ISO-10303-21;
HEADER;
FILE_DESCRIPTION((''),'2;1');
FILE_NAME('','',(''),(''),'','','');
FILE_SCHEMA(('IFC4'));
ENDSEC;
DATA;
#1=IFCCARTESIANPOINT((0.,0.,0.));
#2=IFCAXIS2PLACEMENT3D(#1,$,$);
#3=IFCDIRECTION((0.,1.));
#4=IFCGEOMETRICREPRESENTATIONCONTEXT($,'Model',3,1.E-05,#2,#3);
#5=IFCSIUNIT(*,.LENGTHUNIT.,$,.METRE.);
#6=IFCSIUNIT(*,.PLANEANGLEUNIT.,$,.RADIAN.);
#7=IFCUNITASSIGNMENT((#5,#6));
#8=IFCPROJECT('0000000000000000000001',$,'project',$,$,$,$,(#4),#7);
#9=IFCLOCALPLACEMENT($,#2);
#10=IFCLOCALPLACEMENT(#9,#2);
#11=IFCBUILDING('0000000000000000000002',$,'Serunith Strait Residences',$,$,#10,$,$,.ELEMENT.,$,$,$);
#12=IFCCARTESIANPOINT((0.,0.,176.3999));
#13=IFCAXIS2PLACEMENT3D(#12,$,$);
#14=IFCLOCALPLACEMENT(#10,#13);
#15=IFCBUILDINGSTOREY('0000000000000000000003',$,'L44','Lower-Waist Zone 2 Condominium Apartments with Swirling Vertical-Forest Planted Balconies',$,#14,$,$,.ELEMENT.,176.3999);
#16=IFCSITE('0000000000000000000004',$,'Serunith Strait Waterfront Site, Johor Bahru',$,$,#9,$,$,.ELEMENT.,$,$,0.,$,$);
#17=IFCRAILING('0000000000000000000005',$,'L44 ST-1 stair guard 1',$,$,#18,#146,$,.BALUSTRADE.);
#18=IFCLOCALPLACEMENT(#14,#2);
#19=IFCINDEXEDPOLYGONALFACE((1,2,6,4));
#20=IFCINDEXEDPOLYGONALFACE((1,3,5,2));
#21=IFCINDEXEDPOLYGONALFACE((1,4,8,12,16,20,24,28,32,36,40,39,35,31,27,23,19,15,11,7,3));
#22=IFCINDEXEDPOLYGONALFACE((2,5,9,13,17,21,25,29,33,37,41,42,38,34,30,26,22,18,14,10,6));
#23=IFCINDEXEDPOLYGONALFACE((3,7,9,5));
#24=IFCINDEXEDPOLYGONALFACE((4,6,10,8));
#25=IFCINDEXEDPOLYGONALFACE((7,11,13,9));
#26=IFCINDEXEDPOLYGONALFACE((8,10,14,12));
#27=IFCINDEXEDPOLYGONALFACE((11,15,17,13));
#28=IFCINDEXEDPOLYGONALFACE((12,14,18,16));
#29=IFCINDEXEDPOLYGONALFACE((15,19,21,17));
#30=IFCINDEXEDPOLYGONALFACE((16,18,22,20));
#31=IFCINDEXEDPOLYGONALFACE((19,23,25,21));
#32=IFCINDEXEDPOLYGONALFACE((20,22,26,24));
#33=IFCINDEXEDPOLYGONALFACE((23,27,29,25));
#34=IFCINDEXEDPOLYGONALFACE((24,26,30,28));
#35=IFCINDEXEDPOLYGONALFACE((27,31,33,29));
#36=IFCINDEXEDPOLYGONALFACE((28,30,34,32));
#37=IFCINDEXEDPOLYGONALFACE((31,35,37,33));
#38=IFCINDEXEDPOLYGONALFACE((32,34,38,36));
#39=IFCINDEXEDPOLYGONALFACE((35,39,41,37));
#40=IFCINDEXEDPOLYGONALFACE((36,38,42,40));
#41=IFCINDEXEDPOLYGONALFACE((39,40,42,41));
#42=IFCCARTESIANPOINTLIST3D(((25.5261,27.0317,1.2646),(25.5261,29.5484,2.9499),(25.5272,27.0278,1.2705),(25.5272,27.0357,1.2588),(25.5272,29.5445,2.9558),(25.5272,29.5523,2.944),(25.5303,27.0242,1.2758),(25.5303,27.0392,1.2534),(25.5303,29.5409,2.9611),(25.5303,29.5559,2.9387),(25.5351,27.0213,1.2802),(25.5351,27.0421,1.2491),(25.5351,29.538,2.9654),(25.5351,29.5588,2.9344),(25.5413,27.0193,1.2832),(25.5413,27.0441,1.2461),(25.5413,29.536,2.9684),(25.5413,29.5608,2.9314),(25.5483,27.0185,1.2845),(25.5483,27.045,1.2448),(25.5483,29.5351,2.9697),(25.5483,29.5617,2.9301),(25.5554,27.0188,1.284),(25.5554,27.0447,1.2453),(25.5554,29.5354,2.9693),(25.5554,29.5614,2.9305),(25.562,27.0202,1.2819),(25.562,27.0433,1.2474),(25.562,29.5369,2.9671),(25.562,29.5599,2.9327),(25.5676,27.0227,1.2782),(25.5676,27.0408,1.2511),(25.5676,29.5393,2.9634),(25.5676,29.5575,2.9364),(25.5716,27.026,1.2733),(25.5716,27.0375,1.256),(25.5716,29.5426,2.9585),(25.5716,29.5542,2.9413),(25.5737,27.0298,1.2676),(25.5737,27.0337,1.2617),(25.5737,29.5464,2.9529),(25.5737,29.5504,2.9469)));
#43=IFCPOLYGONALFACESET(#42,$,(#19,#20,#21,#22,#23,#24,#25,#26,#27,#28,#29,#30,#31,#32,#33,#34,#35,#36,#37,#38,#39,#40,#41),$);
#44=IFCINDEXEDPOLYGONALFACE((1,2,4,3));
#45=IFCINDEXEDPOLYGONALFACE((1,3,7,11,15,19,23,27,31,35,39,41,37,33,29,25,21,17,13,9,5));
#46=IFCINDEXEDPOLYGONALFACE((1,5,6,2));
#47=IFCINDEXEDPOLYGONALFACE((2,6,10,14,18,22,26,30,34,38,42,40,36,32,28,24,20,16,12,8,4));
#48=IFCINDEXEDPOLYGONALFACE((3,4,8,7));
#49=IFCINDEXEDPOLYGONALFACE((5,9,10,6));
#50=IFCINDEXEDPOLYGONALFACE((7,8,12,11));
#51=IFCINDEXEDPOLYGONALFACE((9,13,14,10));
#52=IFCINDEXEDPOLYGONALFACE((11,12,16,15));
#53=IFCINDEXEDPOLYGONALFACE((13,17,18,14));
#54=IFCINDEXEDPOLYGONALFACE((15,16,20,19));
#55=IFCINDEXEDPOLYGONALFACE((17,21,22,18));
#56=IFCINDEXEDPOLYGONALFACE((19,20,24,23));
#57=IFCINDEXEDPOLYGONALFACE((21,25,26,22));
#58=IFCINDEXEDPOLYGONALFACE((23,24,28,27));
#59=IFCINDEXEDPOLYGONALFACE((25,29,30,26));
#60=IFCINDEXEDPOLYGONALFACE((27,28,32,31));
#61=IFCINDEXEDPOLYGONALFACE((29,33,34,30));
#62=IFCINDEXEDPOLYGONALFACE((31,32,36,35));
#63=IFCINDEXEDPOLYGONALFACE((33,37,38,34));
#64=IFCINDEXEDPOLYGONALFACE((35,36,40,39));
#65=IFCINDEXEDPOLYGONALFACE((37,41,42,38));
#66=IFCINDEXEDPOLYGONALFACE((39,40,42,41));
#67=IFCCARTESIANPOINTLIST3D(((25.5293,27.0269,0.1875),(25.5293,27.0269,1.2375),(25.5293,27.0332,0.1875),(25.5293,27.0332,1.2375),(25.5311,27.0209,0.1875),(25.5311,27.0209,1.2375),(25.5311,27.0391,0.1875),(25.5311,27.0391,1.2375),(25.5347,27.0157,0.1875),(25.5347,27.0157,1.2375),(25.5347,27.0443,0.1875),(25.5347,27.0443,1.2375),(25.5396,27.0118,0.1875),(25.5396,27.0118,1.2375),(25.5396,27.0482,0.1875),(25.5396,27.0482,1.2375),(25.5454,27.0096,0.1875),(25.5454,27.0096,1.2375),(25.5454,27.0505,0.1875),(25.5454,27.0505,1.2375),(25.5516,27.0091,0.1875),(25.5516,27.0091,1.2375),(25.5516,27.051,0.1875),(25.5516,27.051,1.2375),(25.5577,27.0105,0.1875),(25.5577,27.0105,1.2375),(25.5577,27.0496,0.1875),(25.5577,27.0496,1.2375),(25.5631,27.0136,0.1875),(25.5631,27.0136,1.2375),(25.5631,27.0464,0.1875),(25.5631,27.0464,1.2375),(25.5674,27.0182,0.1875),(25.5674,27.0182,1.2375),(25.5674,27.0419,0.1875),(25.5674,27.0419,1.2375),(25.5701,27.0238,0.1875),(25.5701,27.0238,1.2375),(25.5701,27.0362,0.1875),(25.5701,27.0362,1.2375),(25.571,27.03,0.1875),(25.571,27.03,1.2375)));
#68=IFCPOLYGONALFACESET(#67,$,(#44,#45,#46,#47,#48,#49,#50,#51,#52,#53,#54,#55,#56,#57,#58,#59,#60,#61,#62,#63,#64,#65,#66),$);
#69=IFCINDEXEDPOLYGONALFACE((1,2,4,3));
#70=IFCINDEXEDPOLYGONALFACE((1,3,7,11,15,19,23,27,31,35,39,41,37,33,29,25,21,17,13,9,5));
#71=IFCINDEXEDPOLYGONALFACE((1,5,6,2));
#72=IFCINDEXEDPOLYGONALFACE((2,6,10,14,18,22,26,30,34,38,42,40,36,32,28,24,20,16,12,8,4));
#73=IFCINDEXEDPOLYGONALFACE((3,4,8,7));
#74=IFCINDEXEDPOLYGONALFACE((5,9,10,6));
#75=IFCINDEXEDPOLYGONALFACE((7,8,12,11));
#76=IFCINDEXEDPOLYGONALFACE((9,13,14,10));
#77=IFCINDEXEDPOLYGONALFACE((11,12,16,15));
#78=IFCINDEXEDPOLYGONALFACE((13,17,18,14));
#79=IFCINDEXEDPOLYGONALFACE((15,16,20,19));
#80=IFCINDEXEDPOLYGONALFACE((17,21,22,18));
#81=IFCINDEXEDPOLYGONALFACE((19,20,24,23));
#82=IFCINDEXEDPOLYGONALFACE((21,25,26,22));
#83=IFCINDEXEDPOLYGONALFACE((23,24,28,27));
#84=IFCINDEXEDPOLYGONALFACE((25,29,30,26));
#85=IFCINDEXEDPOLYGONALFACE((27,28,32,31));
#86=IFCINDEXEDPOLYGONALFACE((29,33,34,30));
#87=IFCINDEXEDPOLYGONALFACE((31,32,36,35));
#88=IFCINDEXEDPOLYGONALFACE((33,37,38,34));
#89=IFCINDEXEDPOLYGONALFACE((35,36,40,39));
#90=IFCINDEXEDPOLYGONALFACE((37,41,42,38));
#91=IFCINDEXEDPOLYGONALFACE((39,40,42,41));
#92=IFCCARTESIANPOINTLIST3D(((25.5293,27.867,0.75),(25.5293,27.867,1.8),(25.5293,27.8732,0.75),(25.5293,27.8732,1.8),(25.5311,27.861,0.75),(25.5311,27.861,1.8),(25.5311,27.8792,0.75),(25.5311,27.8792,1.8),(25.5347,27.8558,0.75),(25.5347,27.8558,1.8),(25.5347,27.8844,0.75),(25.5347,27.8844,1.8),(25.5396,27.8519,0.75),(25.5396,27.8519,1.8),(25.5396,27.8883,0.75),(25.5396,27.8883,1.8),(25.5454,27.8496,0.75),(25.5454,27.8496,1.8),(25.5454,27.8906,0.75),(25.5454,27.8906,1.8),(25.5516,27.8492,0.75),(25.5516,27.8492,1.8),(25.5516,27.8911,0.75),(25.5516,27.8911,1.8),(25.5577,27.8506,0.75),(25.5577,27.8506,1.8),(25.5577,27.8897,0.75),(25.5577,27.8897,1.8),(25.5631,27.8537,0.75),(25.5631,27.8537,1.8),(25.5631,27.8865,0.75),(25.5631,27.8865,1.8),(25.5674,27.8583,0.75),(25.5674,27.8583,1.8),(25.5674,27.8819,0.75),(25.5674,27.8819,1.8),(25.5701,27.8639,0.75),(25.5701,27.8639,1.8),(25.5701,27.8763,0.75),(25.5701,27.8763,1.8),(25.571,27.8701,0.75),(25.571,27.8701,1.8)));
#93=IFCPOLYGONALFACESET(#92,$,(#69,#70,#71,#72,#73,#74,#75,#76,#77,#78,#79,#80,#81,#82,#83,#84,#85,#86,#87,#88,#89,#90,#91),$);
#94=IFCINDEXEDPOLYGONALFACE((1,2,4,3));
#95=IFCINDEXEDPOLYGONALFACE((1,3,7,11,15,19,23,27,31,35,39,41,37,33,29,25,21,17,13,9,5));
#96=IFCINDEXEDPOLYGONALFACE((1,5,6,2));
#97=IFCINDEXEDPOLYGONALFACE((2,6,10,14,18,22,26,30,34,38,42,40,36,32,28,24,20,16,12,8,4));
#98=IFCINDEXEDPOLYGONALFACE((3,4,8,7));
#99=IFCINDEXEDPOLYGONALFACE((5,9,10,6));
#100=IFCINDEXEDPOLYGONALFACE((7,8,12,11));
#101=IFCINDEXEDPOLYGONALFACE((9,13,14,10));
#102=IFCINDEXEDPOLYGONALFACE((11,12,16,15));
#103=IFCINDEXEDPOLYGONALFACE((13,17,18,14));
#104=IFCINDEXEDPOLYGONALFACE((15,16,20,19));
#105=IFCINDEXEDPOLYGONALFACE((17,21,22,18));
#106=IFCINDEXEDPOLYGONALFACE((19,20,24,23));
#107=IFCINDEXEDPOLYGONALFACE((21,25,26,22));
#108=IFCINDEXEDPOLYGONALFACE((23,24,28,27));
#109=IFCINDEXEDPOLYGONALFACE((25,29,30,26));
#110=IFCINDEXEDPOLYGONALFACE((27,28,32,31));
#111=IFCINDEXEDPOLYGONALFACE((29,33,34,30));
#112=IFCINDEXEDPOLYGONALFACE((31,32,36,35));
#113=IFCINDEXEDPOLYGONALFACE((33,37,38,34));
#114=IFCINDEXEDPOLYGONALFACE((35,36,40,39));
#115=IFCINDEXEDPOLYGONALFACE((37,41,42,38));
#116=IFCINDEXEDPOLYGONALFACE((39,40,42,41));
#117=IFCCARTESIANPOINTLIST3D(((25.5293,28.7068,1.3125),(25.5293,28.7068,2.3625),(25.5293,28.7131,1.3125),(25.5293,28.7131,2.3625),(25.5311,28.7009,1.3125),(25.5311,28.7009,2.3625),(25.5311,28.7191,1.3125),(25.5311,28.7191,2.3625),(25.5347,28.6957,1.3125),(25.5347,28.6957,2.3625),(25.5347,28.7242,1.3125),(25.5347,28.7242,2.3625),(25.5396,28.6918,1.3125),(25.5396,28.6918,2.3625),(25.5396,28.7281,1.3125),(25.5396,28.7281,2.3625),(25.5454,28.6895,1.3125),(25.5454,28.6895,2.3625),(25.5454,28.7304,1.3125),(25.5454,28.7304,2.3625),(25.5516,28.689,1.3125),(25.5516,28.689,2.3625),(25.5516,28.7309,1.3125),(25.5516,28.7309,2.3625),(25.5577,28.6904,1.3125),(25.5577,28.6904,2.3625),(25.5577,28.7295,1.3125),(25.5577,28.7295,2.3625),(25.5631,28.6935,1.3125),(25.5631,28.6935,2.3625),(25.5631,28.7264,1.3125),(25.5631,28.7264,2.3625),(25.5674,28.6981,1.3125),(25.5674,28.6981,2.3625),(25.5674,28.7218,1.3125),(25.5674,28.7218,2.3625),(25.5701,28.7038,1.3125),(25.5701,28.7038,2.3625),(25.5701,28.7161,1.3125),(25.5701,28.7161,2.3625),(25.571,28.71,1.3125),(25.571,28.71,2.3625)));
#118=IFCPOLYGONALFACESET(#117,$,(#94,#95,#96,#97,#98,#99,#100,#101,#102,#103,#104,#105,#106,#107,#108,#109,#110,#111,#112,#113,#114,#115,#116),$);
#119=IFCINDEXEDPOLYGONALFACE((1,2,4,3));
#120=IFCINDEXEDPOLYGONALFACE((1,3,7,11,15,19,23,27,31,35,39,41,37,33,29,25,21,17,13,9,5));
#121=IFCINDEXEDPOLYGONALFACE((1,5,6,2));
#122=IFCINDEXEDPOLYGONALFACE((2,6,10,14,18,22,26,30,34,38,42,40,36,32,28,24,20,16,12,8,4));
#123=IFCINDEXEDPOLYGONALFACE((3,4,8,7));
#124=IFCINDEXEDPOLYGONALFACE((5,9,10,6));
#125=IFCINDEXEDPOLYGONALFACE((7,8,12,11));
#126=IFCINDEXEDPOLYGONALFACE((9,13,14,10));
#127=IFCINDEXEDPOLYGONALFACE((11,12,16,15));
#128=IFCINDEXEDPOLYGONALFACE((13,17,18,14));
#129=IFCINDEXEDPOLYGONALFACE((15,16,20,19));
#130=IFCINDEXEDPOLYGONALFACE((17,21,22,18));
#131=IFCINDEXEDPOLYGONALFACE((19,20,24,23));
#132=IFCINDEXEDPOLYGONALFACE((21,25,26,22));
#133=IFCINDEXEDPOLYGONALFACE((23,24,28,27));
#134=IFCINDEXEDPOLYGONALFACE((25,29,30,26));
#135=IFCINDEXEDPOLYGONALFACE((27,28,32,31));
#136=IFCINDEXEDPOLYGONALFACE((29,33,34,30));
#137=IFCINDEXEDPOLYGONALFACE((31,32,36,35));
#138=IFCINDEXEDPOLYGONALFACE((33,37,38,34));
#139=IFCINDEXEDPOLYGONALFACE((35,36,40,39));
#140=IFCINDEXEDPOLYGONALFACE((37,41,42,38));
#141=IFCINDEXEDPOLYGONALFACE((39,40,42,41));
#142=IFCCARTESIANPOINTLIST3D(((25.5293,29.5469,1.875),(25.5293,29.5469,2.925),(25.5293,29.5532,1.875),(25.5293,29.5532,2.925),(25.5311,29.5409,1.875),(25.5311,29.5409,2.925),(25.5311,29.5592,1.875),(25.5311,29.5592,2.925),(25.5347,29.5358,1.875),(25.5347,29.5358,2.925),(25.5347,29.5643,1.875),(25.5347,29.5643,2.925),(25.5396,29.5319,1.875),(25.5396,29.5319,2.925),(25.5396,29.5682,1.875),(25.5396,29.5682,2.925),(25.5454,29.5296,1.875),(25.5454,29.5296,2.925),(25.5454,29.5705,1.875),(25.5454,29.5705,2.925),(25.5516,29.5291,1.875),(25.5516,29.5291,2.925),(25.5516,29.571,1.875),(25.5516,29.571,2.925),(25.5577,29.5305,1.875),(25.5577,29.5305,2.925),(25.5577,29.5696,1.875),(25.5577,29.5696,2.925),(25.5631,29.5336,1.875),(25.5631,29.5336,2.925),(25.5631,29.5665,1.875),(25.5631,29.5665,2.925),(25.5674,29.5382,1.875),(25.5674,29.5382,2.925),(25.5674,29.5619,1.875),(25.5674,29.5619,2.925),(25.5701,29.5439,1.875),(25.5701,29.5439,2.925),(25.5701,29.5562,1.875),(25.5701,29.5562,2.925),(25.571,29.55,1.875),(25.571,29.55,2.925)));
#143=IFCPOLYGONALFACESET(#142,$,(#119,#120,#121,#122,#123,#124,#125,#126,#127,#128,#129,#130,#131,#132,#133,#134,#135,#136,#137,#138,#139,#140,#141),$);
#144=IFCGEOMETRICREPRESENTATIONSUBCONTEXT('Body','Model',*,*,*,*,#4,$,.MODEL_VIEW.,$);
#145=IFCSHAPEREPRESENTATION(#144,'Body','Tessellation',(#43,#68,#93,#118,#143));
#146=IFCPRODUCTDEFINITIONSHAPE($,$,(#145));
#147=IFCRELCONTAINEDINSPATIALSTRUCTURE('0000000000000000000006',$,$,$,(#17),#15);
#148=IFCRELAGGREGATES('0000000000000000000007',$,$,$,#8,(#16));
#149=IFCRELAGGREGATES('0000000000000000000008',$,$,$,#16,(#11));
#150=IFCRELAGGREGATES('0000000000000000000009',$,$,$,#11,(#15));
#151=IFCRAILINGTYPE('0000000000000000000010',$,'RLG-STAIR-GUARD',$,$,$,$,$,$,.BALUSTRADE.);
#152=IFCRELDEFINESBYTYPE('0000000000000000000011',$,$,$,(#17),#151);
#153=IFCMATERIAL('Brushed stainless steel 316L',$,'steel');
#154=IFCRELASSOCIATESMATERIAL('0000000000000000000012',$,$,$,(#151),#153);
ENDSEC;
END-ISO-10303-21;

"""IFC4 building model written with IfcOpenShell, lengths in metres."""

from ifc_helpers import new_model, si_unit, direction, frame, origin, origin_2d, place, context, subcontext, project, spatial, circle, extrude, material, type_object, element, save


model = new_model("IFC4")

# Units and contexts
model_context = context("Model", 3, precision=1e-05, world=origin(), true_north=direction((0.0, 1.0)))
body_context = subcontext(model_context, "Body", "Model", "MODEL_VIEW")
ifc_project = project(units=[si_unit("LENGTHUNIT", "METRE"), si_unit("PLANEANGLEUNIT", "RADIAN")], contexts=[model_context])

# Site, building, storey
site_placement = place(None, origin())
site = spatial("IfcSite", under=ifc_project, at=site_placement, Name="Serunith Strait Waterfront Site, Johor Bahru", CompositionType="ELEMENT", RefElevation=0.0)
building_placement = place(site_placement, origin())
building = spatial("IfcBuilding", under=site, at=building_placement, Name="Serunith Strait Residences", CompositionType="ELEMENT")
storey_placement = place(building_placement, frame((0.0, 0.0, 176.3999)))
storey = spatial("IfcBuildingStorey", under=building, at=storey_placement, Name="L44", Description="Lower-Waist Zone 2 Condominium Apartments with Swirling Vertical-Forest Planted Balconies", CompositionType="ELEMENT", Elevation=176.3999)

# Railing
ifc_material_1 = material(Name="Brushed stainless steel 316L", Category="steel")
railing_type_1 = type_object("IfcRailingType", Name="RLG-STAIR-GUARD", PredefinedType="BALUSTRADE", material=ifc_material_1)
railing_1_placement = place(storey_placement, frame((25.55, 27.03, 0.1875)))
element("IfcRailing", 1, at=railing_1_placement, inside=storey, type_object=railing_type_1, Name="L44 ST-1 stair guard 1", PredefinedType="BALUSTRADE", context=body_context, shape_type="SweptSolid", body=[
    extrude(circle(Radius=0.0239, at=origin_2d()), frame((0.0, 0.0017, 1.0771), z_axis=(0.0, 0.830909, 0.556408), x_axis=(-1.0, 0.0, 0.0)), (0.0, 0.0, 1.0), 3.0288),
    extrude(circle(Radius=0.021, at=origin_2d()), origin(), (0.0, 0.0, 1.0), 1.05),
    extrude(circle(Radius=0.021, at=origin_2d()), frame((0.0, 0.8401, 0.5625)), (0.0, 0.0, 1.0), 1.05),
    extrude(circle(Radius=0.021, at=origin_2d()), frame((0.0, 1.6799, 1.125)), (0.0, 0.0, 1.0), 1.05),
    extrude(circle(Radius=0.021, at=origin_2d()), frame((0.0, 2.52, 1.6875)), (0.0, 0.0, 1.0), 1.05),
])

save(model, "model.ifc")
